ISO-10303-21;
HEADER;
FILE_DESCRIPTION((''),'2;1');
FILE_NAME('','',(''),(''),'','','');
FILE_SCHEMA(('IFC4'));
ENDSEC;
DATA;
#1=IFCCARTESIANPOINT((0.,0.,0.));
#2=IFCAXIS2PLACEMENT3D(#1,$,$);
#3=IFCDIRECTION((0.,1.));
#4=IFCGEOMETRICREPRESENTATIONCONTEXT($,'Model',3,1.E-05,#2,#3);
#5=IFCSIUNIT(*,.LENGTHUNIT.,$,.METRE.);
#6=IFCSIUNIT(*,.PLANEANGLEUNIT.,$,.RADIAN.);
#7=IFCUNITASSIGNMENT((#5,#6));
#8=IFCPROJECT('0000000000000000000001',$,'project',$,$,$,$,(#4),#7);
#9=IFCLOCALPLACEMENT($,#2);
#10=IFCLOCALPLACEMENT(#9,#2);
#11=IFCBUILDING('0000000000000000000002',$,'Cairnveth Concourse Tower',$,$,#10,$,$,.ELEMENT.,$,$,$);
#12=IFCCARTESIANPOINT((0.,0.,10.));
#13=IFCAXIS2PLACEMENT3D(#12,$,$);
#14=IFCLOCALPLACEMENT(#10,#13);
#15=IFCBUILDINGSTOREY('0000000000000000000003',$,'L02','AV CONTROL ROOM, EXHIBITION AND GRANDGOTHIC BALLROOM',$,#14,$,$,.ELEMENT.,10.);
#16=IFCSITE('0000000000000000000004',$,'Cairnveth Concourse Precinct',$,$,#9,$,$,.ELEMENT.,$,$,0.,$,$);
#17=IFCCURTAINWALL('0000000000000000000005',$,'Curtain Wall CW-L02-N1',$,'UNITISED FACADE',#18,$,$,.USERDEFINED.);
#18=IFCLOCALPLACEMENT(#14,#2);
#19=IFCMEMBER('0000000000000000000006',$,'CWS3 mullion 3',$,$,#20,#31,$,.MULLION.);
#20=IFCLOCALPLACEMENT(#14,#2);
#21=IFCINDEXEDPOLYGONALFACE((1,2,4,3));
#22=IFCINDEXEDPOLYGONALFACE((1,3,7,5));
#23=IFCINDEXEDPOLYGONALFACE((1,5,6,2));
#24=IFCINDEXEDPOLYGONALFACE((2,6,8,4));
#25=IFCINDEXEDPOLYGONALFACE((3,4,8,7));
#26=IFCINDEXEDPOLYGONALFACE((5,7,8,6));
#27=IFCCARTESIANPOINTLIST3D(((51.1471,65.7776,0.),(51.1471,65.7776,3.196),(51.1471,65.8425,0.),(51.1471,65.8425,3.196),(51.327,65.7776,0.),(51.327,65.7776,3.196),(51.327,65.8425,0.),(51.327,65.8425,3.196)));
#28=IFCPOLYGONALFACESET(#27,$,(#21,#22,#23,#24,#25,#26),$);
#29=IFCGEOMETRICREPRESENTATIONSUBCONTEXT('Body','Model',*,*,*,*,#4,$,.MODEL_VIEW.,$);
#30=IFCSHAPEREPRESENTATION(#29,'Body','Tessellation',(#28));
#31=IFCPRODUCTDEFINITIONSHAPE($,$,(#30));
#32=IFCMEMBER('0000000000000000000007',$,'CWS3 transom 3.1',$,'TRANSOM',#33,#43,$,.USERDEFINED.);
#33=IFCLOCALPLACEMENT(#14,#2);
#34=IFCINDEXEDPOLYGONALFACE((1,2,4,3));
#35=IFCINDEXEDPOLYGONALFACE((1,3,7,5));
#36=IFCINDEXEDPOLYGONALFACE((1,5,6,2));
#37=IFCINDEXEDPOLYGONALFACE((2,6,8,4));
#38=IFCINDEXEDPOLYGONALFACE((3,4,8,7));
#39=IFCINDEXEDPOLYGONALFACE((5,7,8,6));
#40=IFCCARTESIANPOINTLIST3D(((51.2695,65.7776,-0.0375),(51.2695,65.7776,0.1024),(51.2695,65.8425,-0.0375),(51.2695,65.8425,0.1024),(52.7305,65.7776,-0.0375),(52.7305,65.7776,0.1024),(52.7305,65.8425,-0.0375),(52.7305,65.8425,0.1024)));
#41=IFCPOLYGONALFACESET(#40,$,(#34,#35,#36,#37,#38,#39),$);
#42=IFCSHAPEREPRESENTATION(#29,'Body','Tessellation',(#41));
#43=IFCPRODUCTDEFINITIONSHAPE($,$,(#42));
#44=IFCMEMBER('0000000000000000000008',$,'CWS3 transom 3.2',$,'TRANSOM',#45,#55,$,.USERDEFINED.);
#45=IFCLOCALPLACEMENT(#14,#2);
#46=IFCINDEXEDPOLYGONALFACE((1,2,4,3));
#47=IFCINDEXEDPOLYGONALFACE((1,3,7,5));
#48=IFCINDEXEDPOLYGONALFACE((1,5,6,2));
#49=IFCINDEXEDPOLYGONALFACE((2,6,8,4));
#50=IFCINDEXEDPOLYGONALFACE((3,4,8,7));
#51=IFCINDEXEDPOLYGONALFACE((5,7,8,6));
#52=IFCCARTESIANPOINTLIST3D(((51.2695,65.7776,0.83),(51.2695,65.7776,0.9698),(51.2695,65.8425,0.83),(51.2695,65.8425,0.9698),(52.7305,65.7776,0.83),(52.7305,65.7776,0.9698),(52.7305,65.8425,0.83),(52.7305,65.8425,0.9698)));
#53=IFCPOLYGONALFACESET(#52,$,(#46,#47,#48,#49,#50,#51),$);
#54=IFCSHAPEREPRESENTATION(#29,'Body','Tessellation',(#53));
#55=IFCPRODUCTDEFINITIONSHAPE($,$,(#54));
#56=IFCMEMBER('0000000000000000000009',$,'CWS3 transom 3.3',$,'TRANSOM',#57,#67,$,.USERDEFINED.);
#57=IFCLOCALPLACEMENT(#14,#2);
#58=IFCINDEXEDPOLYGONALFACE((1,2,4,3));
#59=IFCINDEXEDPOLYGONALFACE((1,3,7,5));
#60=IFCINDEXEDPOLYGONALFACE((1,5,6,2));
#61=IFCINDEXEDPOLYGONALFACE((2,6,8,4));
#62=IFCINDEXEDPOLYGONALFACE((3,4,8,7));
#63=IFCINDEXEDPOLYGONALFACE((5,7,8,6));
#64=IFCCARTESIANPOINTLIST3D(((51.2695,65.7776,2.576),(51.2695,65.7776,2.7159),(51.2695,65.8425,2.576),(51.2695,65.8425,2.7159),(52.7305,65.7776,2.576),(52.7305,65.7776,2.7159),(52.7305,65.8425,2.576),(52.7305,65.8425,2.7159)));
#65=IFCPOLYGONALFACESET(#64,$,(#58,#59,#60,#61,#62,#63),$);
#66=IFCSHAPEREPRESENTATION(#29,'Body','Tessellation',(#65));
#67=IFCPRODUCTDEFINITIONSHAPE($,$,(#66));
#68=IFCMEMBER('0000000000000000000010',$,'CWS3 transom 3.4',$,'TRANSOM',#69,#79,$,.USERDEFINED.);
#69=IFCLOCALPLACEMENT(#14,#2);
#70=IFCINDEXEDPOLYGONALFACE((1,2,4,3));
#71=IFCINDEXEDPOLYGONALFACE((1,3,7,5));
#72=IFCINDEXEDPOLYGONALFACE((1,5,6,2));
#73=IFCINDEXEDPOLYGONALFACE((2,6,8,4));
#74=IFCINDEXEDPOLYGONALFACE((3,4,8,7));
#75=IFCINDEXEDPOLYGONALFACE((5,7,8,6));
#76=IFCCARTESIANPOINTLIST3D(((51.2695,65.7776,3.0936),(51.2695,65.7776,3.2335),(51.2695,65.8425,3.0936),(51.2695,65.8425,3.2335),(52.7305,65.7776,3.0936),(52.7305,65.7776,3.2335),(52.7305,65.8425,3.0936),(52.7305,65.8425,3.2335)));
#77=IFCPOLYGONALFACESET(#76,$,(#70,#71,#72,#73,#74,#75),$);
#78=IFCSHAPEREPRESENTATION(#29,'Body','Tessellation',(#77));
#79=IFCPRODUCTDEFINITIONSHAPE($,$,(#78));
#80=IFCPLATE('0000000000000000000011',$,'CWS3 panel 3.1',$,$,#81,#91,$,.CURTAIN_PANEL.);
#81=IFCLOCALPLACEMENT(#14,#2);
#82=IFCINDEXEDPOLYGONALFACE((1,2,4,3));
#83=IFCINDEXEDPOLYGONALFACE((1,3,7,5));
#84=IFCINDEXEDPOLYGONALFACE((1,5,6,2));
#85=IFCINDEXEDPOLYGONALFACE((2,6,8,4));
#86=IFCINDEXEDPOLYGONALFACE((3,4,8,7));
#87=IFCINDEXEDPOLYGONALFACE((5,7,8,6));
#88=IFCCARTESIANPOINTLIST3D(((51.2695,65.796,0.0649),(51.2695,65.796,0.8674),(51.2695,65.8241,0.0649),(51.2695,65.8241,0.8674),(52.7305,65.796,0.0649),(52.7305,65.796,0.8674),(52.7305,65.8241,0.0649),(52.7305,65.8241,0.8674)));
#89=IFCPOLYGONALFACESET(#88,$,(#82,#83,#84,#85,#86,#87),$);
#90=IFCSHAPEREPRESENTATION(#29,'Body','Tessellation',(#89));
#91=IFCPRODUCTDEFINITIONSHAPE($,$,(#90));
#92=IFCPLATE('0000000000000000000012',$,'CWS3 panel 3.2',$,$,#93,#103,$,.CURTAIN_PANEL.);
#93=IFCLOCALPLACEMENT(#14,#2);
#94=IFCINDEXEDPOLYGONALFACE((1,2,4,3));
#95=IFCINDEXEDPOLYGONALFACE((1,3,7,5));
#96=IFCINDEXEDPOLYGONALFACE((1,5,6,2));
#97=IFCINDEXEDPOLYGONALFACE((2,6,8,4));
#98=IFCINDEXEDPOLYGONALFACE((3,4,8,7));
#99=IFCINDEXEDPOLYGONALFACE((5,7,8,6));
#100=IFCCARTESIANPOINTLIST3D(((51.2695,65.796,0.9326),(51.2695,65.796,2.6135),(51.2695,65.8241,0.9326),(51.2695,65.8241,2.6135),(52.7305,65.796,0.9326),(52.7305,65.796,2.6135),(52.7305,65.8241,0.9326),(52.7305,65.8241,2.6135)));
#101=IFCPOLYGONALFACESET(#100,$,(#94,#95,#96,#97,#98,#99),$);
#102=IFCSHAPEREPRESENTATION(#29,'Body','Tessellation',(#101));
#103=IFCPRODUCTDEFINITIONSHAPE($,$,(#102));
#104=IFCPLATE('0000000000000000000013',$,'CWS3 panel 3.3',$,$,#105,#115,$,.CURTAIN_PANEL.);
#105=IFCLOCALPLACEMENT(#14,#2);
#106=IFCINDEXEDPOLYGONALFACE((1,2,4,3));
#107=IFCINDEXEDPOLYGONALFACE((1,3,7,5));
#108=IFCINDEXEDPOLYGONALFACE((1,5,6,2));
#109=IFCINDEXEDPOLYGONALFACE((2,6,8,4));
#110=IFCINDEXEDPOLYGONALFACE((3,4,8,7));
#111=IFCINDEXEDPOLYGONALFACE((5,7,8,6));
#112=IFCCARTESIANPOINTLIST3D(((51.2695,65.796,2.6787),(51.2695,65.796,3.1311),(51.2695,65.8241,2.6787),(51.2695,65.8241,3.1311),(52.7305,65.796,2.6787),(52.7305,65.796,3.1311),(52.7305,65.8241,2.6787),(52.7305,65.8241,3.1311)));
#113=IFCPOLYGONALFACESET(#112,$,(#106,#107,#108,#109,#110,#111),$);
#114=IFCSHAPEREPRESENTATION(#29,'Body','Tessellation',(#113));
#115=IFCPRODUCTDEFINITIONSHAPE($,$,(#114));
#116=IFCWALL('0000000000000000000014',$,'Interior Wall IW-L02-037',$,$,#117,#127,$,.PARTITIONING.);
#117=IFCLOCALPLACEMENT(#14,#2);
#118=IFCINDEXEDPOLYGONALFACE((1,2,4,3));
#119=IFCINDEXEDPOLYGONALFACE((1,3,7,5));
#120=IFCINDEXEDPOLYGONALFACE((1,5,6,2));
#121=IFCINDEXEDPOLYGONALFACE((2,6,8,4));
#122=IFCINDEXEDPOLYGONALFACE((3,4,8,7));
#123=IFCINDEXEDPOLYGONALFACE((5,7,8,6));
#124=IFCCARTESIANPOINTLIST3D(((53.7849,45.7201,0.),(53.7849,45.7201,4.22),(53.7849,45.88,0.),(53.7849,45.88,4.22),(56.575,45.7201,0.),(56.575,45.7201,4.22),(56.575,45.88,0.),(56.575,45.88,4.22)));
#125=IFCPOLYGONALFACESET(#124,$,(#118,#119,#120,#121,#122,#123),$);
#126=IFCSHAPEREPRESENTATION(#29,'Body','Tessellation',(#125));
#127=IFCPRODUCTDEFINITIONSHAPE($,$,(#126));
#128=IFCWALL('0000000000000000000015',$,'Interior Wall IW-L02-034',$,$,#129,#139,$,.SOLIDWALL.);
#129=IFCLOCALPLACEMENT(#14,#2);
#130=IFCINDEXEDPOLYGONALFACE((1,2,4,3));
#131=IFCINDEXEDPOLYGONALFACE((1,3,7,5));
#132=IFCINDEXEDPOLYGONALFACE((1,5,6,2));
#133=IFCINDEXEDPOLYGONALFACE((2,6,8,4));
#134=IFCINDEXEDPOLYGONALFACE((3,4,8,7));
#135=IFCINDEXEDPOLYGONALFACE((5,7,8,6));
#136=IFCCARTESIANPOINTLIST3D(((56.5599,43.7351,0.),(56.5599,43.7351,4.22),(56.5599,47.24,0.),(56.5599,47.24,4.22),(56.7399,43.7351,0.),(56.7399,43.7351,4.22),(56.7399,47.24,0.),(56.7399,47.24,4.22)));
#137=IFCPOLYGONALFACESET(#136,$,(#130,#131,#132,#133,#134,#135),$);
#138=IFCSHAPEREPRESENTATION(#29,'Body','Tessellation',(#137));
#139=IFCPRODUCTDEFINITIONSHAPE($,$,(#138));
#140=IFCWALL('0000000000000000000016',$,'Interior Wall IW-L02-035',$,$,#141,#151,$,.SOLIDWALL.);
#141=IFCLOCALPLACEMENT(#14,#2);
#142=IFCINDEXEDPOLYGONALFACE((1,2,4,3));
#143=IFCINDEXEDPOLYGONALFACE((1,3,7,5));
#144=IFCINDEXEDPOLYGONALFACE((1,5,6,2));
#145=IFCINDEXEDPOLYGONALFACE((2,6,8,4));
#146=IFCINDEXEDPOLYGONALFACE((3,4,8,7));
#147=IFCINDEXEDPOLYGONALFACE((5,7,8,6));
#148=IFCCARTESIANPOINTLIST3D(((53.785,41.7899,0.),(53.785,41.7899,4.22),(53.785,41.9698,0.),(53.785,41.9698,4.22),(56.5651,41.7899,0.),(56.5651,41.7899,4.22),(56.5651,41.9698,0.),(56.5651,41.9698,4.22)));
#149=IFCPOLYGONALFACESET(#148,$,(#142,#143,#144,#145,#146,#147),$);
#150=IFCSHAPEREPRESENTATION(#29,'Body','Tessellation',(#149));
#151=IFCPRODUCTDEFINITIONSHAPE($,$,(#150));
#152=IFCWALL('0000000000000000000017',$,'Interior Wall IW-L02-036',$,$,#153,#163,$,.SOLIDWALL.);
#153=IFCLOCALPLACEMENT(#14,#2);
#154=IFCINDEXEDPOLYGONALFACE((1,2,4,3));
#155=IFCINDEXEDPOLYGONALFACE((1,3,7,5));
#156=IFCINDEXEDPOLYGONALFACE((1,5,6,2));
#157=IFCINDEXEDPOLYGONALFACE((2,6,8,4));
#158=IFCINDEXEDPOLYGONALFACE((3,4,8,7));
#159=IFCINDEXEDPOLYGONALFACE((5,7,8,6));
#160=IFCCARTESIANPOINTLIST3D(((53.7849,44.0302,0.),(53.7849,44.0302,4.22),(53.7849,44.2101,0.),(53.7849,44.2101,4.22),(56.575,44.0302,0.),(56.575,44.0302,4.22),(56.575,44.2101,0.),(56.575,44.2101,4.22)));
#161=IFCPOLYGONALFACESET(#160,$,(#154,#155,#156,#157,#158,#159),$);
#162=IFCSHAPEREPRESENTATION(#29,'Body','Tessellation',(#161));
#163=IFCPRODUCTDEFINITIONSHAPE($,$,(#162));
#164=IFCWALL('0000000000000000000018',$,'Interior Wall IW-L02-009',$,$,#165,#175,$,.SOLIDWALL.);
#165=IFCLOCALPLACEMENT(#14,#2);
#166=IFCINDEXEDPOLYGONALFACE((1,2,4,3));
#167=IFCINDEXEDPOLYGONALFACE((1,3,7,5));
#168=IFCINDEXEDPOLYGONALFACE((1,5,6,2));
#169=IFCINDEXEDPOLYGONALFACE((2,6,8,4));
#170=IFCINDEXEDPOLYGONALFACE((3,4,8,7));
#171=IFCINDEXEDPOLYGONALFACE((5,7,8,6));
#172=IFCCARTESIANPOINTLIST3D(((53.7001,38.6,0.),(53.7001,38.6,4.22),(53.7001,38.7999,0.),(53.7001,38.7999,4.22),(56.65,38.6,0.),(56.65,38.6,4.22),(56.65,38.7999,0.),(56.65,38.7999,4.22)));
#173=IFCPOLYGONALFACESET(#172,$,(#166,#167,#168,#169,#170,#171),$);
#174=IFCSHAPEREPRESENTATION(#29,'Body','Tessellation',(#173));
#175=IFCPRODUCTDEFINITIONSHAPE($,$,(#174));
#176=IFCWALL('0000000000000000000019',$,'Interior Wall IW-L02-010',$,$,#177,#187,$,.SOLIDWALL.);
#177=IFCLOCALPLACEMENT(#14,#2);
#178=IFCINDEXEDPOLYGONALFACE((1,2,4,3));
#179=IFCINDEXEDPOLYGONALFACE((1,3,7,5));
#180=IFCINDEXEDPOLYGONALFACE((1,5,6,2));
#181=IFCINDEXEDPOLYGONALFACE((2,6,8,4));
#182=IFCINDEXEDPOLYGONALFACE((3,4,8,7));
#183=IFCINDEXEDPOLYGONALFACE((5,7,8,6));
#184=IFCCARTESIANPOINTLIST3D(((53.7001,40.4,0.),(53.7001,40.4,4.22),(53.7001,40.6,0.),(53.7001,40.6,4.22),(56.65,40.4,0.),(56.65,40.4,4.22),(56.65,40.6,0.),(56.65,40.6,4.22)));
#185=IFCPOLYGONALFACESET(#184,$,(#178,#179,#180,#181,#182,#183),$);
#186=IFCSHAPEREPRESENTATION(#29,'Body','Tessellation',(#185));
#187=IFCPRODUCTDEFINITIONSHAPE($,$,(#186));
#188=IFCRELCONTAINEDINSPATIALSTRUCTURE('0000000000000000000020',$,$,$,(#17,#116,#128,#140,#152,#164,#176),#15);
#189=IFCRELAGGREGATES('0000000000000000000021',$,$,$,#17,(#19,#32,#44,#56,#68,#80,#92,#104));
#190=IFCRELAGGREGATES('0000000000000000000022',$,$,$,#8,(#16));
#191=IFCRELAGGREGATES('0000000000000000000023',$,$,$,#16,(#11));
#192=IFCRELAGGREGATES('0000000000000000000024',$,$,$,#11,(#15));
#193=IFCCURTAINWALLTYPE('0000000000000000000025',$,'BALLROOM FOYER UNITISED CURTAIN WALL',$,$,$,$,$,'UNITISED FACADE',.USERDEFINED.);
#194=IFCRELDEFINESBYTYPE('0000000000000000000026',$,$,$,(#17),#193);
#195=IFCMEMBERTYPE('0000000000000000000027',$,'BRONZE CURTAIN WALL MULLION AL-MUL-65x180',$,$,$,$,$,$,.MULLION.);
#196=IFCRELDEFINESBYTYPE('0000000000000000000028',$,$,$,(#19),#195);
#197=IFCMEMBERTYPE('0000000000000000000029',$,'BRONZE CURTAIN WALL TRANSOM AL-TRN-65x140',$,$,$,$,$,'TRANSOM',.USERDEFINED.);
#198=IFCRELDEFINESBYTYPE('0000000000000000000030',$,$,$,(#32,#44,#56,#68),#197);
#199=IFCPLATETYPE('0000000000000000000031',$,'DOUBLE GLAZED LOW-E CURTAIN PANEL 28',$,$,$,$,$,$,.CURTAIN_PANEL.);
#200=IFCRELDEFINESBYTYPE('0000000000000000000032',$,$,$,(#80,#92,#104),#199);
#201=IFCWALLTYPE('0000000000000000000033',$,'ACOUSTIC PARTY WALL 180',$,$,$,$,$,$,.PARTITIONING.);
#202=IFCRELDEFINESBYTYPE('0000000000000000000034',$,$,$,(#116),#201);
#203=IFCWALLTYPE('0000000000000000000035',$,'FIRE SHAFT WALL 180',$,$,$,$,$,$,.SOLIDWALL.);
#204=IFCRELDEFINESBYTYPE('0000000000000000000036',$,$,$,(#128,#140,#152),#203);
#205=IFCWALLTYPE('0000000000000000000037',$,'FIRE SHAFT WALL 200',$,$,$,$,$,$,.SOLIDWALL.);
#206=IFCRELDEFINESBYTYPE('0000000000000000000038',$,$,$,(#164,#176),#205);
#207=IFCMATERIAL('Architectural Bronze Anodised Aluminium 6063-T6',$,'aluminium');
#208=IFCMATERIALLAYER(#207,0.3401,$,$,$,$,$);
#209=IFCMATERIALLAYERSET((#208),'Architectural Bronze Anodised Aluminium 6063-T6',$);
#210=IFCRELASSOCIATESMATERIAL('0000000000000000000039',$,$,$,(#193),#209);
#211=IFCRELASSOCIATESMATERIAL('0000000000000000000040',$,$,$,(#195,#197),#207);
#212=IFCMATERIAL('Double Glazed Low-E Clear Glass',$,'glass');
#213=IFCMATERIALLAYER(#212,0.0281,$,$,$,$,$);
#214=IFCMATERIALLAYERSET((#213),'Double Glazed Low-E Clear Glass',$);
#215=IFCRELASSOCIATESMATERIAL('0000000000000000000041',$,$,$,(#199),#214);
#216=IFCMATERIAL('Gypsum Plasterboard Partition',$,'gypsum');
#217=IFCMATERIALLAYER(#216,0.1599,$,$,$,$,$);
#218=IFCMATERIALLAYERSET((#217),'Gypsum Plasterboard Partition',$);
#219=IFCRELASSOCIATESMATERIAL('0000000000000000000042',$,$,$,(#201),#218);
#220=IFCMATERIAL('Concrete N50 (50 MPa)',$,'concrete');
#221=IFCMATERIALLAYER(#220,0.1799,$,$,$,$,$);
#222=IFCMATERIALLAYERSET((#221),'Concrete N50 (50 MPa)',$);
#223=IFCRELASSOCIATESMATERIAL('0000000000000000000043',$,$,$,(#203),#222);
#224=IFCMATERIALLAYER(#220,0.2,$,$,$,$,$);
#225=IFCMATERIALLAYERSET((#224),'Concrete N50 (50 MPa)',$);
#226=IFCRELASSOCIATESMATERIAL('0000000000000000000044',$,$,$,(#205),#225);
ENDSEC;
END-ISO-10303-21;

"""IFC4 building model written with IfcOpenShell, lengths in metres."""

from ifc_helpers import new_model, si_unit, direction, frame, frame_2d, origin, origin_2d, place, context, subcontext, project, spatial, rectangle, extrude, material, layer, layer_set, material_profile, profile_set, type_object, element, aggregate, save


model = new_model("IFC4")

# Units and contexts
model_context = context("Model", 3, precision=1e-05, world=origin(), true_north=direction((0.0, 1.0)))
body_context = subcontext(model_context, "Body", "Model", "MODEL_VIEW")
ifc_project = project(units=[si_unit("LENGTHUNIT", "METRE"), si_unit("PLANEANGLEUNIT", "RADIAN")], contexts=[model_context])

# Site, building, storey
site_placement = place(None, origin())
site = spatial("IfcSite", under=ifc_project, at=site_placement, Name="Cairnveth Concourse Precinct", CompositionType="ELEMENT", RefElevation=0.0)
building_placement = place(site_placement, origin())
building = spatial("IfcBuilding", under=site, at=building_placement, Name="Cairnveth Concourse Tower", CompositionType="ELEMENT")
storey_placement = place(building_placement, frame((0.0, 0.0, 10.0)))
storey = spatial("IfcBuildingStorey", under=building, at=storey_placement, Name="L02", Description="AV CONTROL ROOM, EXHIBITION AND GRANDGOTHIC BALLROOM", CompositionType="ELEMENT", Elevation=10.0)

# Curtain wall, members, plates
ifc_material_1 = material(Name="Architectural Bronze Anodised Aluminium 6063-T6", Category="aluminium")
ifc_layer_1 = layer(ifc_material_1, 0.3401)
ifc_layer_set_1 = layer_set([ifc_layer_1], Name="Architectural Bronze Anodised Aluminium 6063-T6")
curtain_wall_type = type_object("IfcCurtainWallType", Name="BALLROOM FOYER UNITISED CURTAIN WALL", ElementType="UNITISED FACADE", PredefinedType="USERDEFINED", material=ifc_layer_set_1)
curtain_wall_placement = place(storey_placement, origin())
curtain_wall = element("IfcCurtainWall", 1, at=curtain_wall_placement, inside=storey, type_object=curtain_wall_type, Name="Curtain Wall CW-L02-N1", ObjectType="UNITISED FACADE", PredefinedType="USERDEFINED")
ifc_material_profile_1 = material_profile(ifc_material_1, rectangle(XDim=0.0649, YDim=0.1799, at=origin_2d()), Name="AL-MUL-65x180")
ifc_profile_set_1 = profile_set([ifc_material_profile_1], Name="Architectural Bronze Anodised Aluminium 6063-T6")
member_type_1 = type_object("IfcMemberType", Name="BRONZE CURTAIN WALL MULLION AL-MUL-65x180", PredefinedType="MULLION", material=ifc_profile_set_1)
member_1_placement = place(storey_placement, frame((51.2371, 65.8101, 0.0), z_axis=(0.0, 0.0, 1.0), x_axis=(0.0, 1.0, 0.0)))
member_1 = element("IfcMember", 2, at=member_1_placement, type_object=member_type_1, Name="CWS3 mullion 3", PredefinedType="MULLION", context=body_context, shape_type="SweptSolid", body=[
    extrude(rectangle(XDim=0.0649, YDim=0.1799, at=origin_2d()), origin(), (0.0, 0.0, 1.0), 3.196),
])
ifc_material_profile_2 = material_profile(ifc_material_1, rectangle(XDim=0.0649, YDim=0.1399, at=origin_2d()), Name="AL-TRN-65x140")
ifc_profile_set_2 = profile_set([ifc_material_profile_2], Name="Architectural Bronze Anodised Aluminium 6063-T6")
member_type_2 = type_object("IfcMemberType", Name="BRONZE CURTAIN WALL TRANSOM AL-TRN-65x140", ElementType="TRANSOM", PredefinedType="USERDEFINED", material=ifc_profile_set_2)
member_2_placement = place(storey_placement, frame((51.2695, 65.8101, 0.0325), z_axis=(1.0, 0.0, 0.0), x_axis=(0.0, 1.0, 0.0)))
member_2 = element("IfcMember", 3, at=member_2_placement, type_object=member_type_2, Name="CWS3 transom 3.1", ObjectType="TRANSOM", PredefinedType="USERDEFINED", context=body_context, shape_type="SweptSolid", body=[
    extrude(rectangle(XDim=0.0649, YDim=0.1399, at=origin_2d()), origin(), (0.0, 0.0, 1.0), 1.4609),
])
member_3_placement = place(storey_placement, frame((51.2695, 65.8101, 0.8999), z_axis=(1.0, 0.0, 0.0), x_axis=(0.0, 1.0, 0.0)))
member_3 = element("IfcMember", 4, at=member_3_placement, type_object=member_type_2, Name="CWS3 transom 3.2", ObjectType="TRANSOM", PredefinedType="USERDEFINED", context=body_context, shape_type="SweptSolid", body=[
    extrude(rectangle(XDim=0.0649, YDim=0.1399, at=origin_2d()), origin(), (0.0, 0.0, 1.0), 1.4609),
])
member_4_placement = place(storey_placement, frame((51.2695, 65.8101, 2.646), z_axis=(1.0, 0.0, 0.0), x_axis=(0.0, 1.0, 0.0)))
member_4 = element("IfcMember", 5, at=member_4_placement, type_object=member_type_2, Name="CWS3 transom 3.3", ObjectType="TRANSOM", PredefinedType="USERDEFINED", context=body_context, shape_type="SweptSolid", body=[
    extrude(rectangle(XDim=0.0649, YDim=0.1399, at=origin_2d()), origin(), (0.0, 0.0, 1.0), 1.4609),
])
member_5_placement = place(storey_placement, frame((51.2695, 65.8101, 3.1636), z_axis=(1.0, 0.0, 0.0), x_axis=(0.0, 1.0, 0.0)))
member_5 = element("IfcMember", 6, at=member_5_placement, type_object=member_type_2, Name="CWS3 transom 3.4", ObjectType="TRANSOM", PredefinedType="USERDEFINED", context=body_context, shape_type="SweptSolid", body=[
    extrude(rectangle(XDim=0.0649, YDim=0.1399, at=origin_2d()), origin(), (0.0, 0.0, 1.0), 1.4609),
])
ifc_material_2 = material(Name="Double Glazed Low-E Clear Glass", Category="glass")
ifc_layer_2 = layer(ifc_material_2, 0.0281)
ifc_layer_set_2 = layer_set([ifc_layer_2], Name="Double Glazed Low-E Clear Glass")
plate_type = type_object("IfcPlateType", Name="DOUBLE GLAZED LOW-E CURTAIN PANEL 28", PredefinedType="CURTAIN_PANEL", material=ifc_layer_set_2)
plate_1_placement = place(storey_placement, frame((52.0, 65.8101, 0.0649), z_axis=(0.0, 0.0, 1.0), x_axis=(1.0, 0.0, 0.0)))
plate_1 = element("IfcPlate", 7, at=plate_1_placement, type_object=plate_type, Name="CWS3 panel 3.1", PredefinedType="CURTAIN_PANEL", context=body_context, shape_type="SweptSolid", body=[
    extrude(rectangle(XDim=1.4609, YDim=0.0281, at=origin_2d()), origin(), (0.0, 0.0, 1.0), 0.8025),
])
plate_2_placement = place(storey_placement, frame((52.0, 65.8101, 0.9326), z_axis=(0.0, 0.0, 1.0), x_axis=(1.0, 0.0, 0.0)))
plate_2 = element("IfcPlate", 8, at=plate_2_placement, type_object=plate_type, Name="CWS3 panel 3.2", PredefinedType="CURTAIN_PANEL", context=body_context, shape_type="SweptSolid", body=[
    extrude(rectangle(XDim=1.4609, YDim=0.0281, at=origin_2d()), origin(), (0.0, 0.0, 1.0), 1.6809),
])
plate_3_placement = place(storey_placement, frame((52.0, 65.8101, 2.6787), z_axis=(0.0, 0.0, 1.0), x_axis=(1.0, 0.0, 0.0)))
plate_3 = element("IfcPlate", 9, at=plate_3_placement, type_object=plate_type, Name="CWS3 panel 3.3", PredefinedType="CURTAIN_PANEL", context=body_context, shape_type="SweptSolid", body=[
    extrude(rectangle(XDim=1.4609, YDim=0.0281, at=origin_2d()), origin(), (0.0, 0.0, 1.0), 0.4524),
])
aggregate(curtain_wall, [member_1, member_2, member_3, member_4, member_5, plate_1, plate_2, plate_3])

# Walls
ifc_material_3 = material(Name="Gypsum Plasterboard Partition", Category="gypsum")
ifc_layer_3 = layer(ifc_material_3, 0.1599)
ifc_layer_set_3 = layer_set([ifc_layer_3], Name="Gypsum Plasterboard Partition")
wall_type_1 = type_object("IfcWallType", Name="ACOUSTIC PARTY WALL 180", PredefinedType="PARTITIONING", material=ifc_layer_set_3)
wall_1_placement = place(storey_placement, frame((53.7849, 45.8, 0.0), z_axis=(0.0, 0.0, 1.0), x_axis=(1.0, 0.0, 0.0)))
element("IfcWall", 10, at=wall_1_placement, inside=storey, type_object=wall_type_1, Name="Interior Wall IW-L02-037", PredefinedType="PARTITIONING", context=body_context, shape_type="SweptSolid", body=[
    extrude(rectangle(XDim=2.79, YDim=0.1599, at=frame_2d((1.395, 0.0))), origin(), (0.0, 0.0, 1.0), 4.22),
])
ifc_material_4 = material(Name="Concrete N50 (50 MPa)", Category="concrete")
ifc_layer_4 = layer(ifc_material_4, 0.1799)
ifc_layer_set_4 = layer_set([ifc_layer_4], Name="Concrete N50 (50 MPa)")
wall_type_2 = type_object("IfcWallType", Name="FIRE SHAFT WALL 180", PredefinedType="SOLIDWALL", material=ifc_layer_set_4)
wall_2_placement = place(storey_placement, frame((56.6499, 43.7351, 0.0), z_axis=(0.0, 0.0, 1.0), x_axis=(0.0, 1.0, 0.0)))
element("IfcWall", 11, at=wall_2_placement, inside=storey, type_object=wall_type_2, Name="Interior Wall IW-L02-034", PredefinedType="SOLIDWALL", context=body_context, shape_type="SweptSolid", body=[
    extrude(rectangle(XDim=3.5049, YDim=0.1799, at=frame_2d((1.7524, 0.0))), origin(), (0.0, 0.0, 1.0), 4.22),
])
wall_3_placement = place(storey_placement, frame((53.7849, 41.8799, 0.0), z_axis=(0.0, 0.0, 1.0), x_axis=(1.0, 0.0, 0.0)))
element("IfcWall", 12, at=wall_3_placement, inside=storey, type_object=wall_type_2, Name="Interior Wall IW-L02-035", PredefinedType="SOLIDWALL", context=body_context, shape_type="SweptSolid", body=[
    extrude(rectangle(XDim=2.78, YDim=0.1799, at=frame_2d((1.3901, 0.0))), origin(), (0.0, 0.0, 1.0), 4.22),
])
wall_4_placement = place(storey_placement, frame((53.7849, 44.1201, 0.0), z_axis=(0.0, 0.0, 1.0), x_axis=(1.0, 0.0, 0.0)))
element("IfcWall", 13, at=wall_4_placement, inside=storey, type_object=wall_type_2, Name="Interior Wall IW-L02-036", PredefinedType="SOLIDWALL", context=body_context, shape_type="SweptSolid", body=[
    extrude(rectangle(XDim=2.79, YDim=0.1799, at=frame_2d((1.395, 0.0))), origin(), (0.0, 0.0, 1.0), 4.22),
])
ifc_layer_5 = layer(ifc_material_4, 0.2)
ifc_layer_set_5 = layer_set([ifc_layer_5], Name="Concrete N50 (50 MPa)")
wall_type_3 = type_object("IfcWallType", Name="FIRE SHAFT WALL 200", PredefinedType="SOLIDWALL", material=ifc_layer_set_5)
for number, where, z_axis, x_axis, name in (
    (14, (53.7, 38.7, 0.0), (0.0, 0.0, 1.0), (1.0, 0.0, 0.0), "Interior Wall IW-L02-009"),
    (15, (53.7, 40.5, 0.0), (0.0, 0.0, 1.0), (1.0, 0.0, 0.0), "Interior Wall IW-L02-010"),
):
    element("IfcWall", number, at=place(storey_placement, frame(where, z_axis=z_axis, x_axis=x_axis)), inside=storey, type_object=wall_type_3, Name=name, PredefinedType="SOLIDWALL", context=body_context, shape_type="SweptSolid", body=[
        extrude(rectangle(XDim=2.95, YDim=0.2, at=frame_2d((1.4751, 0.0))), origin(), (0.0, 0.0, 1.0), 4.22),
    ])

save(model, "model.ifc")
